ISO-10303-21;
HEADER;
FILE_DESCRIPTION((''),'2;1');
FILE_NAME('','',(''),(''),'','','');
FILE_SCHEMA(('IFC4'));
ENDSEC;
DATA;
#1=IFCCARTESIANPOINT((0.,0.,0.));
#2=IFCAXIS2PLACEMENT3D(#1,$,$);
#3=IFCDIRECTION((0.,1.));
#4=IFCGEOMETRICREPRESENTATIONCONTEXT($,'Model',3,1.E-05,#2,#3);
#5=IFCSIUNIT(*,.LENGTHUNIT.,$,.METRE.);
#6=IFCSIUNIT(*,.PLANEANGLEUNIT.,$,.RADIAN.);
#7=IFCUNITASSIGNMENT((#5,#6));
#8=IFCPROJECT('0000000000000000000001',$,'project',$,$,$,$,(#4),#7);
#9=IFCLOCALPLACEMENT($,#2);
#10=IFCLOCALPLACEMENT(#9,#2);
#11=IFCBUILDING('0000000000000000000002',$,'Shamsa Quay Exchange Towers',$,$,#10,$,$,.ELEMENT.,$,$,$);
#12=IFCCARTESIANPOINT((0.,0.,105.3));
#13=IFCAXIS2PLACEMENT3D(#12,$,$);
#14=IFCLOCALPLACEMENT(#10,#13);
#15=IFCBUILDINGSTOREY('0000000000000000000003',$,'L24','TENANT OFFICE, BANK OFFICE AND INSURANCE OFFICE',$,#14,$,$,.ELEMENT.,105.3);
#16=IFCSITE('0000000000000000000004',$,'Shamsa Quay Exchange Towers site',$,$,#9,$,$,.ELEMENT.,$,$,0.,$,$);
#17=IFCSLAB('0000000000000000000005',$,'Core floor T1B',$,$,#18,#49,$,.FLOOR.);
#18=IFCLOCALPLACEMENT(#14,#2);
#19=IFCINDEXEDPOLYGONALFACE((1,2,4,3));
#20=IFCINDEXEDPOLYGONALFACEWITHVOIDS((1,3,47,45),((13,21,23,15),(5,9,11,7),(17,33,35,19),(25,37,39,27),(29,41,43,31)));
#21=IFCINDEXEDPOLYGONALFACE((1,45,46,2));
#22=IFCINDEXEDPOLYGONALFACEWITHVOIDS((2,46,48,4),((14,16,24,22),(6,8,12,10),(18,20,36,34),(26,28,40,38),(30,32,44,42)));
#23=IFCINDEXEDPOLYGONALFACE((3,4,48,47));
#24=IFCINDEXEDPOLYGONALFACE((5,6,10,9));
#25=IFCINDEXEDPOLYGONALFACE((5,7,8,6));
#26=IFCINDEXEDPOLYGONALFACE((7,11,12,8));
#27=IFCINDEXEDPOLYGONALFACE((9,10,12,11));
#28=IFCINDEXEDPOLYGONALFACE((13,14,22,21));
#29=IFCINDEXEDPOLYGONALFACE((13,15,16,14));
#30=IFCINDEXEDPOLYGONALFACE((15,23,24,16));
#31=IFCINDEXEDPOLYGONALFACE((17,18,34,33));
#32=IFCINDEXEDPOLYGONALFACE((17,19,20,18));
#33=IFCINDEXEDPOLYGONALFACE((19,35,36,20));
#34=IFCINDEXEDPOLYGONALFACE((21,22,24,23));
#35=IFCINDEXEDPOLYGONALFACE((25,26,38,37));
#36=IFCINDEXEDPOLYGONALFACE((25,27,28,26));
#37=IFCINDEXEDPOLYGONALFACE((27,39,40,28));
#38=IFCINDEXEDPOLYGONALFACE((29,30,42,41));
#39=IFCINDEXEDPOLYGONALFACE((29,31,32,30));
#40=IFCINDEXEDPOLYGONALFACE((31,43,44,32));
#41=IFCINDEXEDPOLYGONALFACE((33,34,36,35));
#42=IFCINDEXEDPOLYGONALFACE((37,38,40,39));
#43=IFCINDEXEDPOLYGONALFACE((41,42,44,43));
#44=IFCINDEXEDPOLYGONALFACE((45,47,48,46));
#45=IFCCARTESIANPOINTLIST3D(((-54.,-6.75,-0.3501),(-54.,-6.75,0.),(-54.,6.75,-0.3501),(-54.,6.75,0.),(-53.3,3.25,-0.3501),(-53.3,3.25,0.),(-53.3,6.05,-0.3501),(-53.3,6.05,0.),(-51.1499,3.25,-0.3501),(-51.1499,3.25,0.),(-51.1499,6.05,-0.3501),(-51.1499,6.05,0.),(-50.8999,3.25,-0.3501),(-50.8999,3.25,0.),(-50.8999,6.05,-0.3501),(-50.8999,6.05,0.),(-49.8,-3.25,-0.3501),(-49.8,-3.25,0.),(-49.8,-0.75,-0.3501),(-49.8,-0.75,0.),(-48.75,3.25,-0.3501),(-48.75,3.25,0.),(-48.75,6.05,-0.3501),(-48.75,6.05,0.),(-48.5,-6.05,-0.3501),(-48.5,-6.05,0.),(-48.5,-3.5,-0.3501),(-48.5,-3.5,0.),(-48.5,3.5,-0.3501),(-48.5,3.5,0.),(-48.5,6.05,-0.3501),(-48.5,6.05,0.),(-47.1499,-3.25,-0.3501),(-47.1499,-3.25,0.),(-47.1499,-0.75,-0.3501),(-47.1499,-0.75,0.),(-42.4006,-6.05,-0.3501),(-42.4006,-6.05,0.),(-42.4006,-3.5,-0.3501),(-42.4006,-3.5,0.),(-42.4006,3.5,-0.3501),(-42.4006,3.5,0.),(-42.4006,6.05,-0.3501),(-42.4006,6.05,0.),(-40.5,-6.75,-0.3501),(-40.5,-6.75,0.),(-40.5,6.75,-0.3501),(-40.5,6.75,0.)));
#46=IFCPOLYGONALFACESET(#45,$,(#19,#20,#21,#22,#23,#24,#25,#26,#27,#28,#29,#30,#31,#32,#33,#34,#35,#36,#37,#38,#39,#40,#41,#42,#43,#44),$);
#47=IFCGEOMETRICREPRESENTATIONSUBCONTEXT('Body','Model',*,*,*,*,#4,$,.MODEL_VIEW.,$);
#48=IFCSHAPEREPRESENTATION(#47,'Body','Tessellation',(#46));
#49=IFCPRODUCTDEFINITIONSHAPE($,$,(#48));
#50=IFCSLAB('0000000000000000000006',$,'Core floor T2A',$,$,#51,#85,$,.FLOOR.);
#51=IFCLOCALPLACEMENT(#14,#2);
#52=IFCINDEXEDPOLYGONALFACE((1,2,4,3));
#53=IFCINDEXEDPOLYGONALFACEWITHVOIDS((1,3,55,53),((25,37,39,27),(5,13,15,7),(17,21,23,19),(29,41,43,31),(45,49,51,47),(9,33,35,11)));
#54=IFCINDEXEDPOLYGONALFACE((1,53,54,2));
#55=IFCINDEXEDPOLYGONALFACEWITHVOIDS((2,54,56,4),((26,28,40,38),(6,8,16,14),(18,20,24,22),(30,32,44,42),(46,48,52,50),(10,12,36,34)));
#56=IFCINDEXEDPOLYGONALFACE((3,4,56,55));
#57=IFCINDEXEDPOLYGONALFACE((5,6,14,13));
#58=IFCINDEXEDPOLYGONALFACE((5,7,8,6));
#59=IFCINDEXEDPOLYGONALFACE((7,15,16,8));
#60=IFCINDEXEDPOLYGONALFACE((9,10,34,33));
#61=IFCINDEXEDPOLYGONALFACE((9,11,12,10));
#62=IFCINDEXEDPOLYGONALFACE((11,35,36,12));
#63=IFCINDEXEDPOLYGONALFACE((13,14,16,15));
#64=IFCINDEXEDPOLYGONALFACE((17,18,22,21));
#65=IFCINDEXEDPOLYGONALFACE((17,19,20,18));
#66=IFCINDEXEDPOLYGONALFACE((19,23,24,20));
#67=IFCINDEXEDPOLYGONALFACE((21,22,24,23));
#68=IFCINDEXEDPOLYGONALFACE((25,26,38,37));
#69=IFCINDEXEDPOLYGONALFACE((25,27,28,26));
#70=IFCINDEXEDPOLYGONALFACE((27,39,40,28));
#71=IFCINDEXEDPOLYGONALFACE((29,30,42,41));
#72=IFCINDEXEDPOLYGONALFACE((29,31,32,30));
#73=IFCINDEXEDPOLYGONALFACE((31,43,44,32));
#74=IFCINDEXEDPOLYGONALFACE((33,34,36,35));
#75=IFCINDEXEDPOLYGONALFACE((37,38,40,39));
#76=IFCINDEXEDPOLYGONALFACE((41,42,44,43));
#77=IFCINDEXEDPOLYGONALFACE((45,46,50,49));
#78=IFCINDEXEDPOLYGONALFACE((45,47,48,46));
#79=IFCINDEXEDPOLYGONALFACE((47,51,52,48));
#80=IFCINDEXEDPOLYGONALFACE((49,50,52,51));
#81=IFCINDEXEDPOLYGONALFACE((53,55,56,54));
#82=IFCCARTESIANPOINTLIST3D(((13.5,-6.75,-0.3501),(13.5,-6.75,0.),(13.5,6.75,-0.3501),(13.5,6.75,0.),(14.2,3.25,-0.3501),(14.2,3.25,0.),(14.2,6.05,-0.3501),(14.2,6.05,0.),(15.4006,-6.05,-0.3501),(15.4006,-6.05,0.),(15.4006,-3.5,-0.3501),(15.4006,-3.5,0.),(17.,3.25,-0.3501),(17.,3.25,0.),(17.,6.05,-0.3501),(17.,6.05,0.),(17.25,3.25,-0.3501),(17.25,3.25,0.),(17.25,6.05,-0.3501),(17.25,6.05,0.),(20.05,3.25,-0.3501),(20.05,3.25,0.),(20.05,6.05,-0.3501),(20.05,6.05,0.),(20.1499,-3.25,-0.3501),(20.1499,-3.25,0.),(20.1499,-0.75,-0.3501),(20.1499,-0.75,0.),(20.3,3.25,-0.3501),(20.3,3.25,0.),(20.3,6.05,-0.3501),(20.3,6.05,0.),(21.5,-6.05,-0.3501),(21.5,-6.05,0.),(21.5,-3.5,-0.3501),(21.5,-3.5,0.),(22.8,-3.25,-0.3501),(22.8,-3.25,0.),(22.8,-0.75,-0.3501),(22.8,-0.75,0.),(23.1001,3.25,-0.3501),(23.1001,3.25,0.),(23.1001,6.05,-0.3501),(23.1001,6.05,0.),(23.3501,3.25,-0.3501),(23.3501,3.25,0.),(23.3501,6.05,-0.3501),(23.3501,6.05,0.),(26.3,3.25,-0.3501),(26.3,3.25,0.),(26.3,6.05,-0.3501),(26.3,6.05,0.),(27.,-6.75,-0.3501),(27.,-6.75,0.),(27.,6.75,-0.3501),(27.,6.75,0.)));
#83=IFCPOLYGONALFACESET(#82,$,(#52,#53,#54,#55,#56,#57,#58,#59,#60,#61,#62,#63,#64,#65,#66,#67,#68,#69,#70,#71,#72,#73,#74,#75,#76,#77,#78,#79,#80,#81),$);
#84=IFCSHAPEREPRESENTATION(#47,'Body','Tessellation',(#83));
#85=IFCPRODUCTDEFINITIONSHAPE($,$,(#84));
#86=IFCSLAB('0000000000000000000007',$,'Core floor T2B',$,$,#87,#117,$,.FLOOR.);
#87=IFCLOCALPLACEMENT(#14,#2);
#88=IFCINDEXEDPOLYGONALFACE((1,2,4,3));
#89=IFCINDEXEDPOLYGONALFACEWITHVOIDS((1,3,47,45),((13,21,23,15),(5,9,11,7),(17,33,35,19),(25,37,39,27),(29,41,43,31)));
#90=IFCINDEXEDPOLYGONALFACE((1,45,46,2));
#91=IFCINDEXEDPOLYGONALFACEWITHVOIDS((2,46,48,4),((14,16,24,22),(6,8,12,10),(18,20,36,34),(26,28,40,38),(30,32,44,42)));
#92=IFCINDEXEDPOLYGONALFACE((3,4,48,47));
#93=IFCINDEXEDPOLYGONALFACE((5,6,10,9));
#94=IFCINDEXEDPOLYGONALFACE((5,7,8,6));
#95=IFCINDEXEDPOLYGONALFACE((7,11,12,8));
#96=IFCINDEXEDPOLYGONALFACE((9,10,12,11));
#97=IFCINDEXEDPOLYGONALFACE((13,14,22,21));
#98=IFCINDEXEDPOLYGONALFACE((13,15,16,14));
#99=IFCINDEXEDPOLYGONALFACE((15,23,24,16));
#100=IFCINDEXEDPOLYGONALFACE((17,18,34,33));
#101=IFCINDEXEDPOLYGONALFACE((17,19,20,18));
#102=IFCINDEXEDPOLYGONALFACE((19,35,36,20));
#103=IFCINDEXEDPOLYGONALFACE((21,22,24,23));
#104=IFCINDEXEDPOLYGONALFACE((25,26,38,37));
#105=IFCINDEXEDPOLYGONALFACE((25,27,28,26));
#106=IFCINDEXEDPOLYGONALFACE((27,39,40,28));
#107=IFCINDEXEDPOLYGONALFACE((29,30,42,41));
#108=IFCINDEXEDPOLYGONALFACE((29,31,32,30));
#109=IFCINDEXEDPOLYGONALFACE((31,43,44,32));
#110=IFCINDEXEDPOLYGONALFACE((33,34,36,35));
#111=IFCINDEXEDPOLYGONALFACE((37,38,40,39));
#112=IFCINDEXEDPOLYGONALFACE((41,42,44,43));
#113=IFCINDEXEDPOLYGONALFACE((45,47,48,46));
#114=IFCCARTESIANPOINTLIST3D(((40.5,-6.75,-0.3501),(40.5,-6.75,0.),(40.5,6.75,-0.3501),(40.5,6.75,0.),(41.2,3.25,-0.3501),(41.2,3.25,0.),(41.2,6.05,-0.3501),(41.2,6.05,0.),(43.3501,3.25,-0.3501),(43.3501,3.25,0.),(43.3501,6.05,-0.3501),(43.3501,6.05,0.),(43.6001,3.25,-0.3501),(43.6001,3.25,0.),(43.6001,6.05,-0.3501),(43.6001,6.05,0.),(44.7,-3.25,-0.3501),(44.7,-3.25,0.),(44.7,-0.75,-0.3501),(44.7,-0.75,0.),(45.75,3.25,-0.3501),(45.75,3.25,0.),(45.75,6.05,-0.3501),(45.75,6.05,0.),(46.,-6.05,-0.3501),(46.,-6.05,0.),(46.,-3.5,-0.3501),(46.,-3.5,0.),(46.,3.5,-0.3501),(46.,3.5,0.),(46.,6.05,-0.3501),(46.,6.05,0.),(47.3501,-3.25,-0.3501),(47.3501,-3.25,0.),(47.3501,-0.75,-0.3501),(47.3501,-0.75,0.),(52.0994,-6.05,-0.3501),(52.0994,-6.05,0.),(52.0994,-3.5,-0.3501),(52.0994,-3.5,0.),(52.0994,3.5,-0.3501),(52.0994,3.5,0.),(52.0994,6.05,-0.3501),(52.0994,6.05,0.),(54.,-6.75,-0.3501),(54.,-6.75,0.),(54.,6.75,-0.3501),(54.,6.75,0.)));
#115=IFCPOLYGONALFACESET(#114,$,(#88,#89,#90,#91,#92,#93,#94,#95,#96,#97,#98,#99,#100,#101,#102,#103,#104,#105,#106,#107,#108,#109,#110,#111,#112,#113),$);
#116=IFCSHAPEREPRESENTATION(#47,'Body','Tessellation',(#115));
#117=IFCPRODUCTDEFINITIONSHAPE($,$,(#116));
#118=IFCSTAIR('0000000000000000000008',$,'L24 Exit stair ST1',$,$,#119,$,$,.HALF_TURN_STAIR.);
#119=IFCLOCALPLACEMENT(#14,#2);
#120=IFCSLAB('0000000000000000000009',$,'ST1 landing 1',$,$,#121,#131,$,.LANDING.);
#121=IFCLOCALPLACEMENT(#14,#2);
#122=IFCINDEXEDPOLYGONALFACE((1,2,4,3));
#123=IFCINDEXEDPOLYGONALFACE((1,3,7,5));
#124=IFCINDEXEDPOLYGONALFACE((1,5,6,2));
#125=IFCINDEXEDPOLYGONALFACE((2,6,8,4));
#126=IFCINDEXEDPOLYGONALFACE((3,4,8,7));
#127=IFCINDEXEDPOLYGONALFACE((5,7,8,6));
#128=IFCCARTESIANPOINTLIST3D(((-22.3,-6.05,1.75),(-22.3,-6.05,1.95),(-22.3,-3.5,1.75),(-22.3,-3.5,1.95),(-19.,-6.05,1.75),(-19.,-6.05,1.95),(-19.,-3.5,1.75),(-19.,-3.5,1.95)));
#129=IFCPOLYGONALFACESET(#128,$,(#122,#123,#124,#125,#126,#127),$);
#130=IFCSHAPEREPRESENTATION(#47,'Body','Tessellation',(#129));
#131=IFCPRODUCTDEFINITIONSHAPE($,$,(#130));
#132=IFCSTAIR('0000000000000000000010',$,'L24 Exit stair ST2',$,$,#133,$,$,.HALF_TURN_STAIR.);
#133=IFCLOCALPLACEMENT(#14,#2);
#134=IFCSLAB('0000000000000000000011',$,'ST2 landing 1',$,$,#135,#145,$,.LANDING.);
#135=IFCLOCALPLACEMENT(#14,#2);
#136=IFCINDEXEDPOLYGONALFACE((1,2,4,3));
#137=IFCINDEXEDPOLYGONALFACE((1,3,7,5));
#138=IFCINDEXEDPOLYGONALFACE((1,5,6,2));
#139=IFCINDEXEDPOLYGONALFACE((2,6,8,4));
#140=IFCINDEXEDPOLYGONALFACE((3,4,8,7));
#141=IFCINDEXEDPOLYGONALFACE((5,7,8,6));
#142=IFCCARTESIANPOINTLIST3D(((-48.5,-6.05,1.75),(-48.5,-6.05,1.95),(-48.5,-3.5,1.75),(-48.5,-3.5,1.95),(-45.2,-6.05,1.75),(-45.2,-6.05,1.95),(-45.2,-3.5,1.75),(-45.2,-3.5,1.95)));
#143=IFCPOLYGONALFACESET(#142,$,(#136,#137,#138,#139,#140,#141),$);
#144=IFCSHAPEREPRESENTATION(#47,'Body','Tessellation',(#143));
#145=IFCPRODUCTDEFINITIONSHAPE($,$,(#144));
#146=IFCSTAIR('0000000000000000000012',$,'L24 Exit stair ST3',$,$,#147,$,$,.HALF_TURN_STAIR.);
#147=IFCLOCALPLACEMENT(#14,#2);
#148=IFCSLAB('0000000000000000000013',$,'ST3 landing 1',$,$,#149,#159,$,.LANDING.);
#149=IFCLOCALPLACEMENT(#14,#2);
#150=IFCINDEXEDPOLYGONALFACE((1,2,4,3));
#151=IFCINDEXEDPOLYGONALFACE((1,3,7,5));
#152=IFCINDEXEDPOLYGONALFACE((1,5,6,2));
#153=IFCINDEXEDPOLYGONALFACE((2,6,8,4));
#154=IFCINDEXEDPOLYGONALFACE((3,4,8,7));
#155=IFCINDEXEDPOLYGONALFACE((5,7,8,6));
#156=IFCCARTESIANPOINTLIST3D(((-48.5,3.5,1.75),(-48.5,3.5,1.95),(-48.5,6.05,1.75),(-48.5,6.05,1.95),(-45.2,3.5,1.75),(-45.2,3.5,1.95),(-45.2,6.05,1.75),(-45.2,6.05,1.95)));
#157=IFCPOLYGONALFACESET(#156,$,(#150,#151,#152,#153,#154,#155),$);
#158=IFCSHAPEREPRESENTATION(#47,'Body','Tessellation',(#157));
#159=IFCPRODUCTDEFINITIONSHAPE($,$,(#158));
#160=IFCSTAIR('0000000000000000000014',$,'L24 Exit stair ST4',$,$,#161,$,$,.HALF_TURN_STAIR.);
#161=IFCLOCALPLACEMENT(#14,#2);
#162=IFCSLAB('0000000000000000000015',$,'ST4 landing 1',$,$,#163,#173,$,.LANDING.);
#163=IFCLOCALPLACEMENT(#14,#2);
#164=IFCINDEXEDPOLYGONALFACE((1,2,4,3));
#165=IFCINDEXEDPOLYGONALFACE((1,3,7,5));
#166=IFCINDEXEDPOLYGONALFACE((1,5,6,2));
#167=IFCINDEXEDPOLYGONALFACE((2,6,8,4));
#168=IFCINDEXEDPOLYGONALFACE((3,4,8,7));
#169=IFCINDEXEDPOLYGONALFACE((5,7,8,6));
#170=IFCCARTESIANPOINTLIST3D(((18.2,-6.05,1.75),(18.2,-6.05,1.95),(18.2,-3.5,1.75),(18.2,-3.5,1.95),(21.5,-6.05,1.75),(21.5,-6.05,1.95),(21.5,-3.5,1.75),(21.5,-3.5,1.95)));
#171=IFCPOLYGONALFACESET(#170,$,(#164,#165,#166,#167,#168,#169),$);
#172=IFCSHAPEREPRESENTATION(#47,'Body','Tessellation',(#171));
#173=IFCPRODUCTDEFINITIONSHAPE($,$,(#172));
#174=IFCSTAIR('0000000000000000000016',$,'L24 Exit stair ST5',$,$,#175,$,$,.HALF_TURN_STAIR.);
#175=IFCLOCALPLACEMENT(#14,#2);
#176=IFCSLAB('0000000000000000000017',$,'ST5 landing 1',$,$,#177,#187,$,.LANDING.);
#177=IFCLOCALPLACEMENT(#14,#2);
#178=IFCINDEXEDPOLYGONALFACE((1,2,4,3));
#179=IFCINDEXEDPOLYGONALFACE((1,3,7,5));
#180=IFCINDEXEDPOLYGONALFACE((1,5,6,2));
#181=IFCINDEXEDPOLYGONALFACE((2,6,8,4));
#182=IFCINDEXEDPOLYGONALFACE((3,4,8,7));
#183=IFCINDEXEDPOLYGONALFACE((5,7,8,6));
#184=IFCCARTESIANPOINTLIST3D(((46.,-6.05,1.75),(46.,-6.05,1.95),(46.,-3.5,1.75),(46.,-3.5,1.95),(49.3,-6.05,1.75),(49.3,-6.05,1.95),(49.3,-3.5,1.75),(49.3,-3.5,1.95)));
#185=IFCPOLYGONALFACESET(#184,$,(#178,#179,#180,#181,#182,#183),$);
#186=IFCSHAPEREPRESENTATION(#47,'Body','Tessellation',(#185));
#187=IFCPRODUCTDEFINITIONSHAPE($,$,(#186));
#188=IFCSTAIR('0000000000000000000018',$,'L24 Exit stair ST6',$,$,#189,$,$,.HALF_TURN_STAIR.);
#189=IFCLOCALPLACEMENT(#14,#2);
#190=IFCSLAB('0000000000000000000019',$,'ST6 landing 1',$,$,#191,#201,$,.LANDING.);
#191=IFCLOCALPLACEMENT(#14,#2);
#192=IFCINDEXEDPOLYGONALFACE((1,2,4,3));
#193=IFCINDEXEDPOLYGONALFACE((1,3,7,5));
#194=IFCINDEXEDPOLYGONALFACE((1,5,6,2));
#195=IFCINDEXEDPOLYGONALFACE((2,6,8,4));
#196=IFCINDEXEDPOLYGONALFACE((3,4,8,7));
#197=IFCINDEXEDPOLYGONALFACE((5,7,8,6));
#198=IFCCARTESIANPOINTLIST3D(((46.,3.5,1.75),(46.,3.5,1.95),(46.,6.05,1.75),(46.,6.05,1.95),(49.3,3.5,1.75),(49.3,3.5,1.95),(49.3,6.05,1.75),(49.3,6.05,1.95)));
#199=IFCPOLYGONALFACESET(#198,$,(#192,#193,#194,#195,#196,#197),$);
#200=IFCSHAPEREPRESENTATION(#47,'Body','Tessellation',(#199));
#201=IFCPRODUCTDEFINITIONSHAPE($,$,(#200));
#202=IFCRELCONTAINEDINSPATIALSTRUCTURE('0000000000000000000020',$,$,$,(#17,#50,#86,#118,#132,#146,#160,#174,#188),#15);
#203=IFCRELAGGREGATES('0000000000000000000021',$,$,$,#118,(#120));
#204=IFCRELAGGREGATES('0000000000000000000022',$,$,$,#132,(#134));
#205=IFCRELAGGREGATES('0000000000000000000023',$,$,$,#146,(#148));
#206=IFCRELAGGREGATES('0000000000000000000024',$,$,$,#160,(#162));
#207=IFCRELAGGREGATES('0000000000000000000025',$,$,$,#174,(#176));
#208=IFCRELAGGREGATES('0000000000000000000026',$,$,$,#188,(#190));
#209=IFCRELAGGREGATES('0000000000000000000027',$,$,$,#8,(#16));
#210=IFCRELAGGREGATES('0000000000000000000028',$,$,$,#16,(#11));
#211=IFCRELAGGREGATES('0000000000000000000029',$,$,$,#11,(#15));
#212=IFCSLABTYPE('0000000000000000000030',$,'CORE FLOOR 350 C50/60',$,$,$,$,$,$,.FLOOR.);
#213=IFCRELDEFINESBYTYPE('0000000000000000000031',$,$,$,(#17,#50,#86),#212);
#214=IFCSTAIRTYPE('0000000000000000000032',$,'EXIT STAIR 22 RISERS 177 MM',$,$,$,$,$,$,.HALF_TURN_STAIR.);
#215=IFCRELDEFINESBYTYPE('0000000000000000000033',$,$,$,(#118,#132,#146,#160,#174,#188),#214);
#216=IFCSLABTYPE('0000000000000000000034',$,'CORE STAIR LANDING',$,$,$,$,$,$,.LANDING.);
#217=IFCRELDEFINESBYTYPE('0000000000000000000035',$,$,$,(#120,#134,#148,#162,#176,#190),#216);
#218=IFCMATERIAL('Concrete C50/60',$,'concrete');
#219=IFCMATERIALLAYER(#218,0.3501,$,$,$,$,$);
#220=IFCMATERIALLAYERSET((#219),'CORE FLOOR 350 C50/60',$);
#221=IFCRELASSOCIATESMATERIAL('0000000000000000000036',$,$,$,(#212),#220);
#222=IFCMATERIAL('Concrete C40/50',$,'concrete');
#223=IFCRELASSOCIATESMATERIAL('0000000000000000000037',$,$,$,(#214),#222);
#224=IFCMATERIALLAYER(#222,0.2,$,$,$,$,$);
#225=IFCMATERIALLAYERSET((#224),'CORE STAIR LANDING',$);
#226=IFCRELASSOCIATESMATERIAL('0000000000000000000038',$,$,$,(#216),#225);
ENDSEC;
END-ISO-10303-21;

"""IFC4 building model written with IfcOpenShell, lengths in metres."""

from ifc_helpers import new_model, si_unit, direction, frame, origin, place, context, subcontext, project, spatial, polyline, outline, extrude, material, layer, layer_set, type_object, element, aggregate, save


model = new_model("IFC4")

# Units and contexts
model_context = context("Model", 3, precision=1e-05, world=origin(), true_north=direction((0.0, 1.0)))
body_context = subcontext(model_context, "Body", "Model", "MODEL_VIEW")
ifc_project = project(units=[si_unit("LENGTHUNIT", "METRE"), si_unit("PLANEANGLEUNIT", "RADIAN")], contexts=[model_context])

# Site, building, storey
site_placement = place(None, origin())
site = spatial("IfcSite", under=ifc_project, at=site_placement, Name="Shamsa Quay Exchange Towers site", CompositionType="ELEMENT", RefElevation=0.0)
building_placement = place(site_placement, origin())
building = spatial("IfcBuilding", under=site, at=building_placement, Name="Shamsa Quay Exchange Towers", CompositionType="ELEMENT")
storey_placement = place(building_placement, frame((0.0, 0.0, 105.3)))
storey = spatial("IfcBuildingStorey", under=building, at=storey_placement, Name="L24", Description="TENANT OFFICE, BANK OFFICE AND INSURANCE OFFICE", CompositionType="ELEMENT", Elevation=105.3)

# Slabs
ifc_material_1 = material(Name="Concrete C50/60", Category="concrete")
ifc_layer_1 = layer(ifc_material_1, 0.3501)
ifc_layer_set_1 = layer_set([ifc_layer_1], Name="CORE FLOOR 350 C50/60")
slab_type_1 = type_object("IfcSlabType", Name="CORE FLOOR 350 C50/60", PredefinedType="FLOOR", material=ifc_layer_set_1)
slab_1_placement = place(storey_placement, frame((0.0, 0.0, -0.3501)))
element("IfcSlab", 1, at=slab_1_placement, inside=storey, type_object=slab_type_1, Name="Core floor T1B", PredefinedType="FLOOR", context=body_context, shape_type="SweptSolid", body=[
    extrude(outline(polyline([(-40.5, -6.75), (-40.5, 6.75), (-54.0, 6.75), (-54.0, -6.75), (-40.5, -6.75)]), holes=[polyline([(-42.4006, -3.5), (-42.4006, -6.05), (-48.5, -6.05), (-48.5, -3.5), (-42.4006, -3.5)]), polyline([(-42.4006, 6.05), (-42.4006, 3.5), (-48.5, 3.5), (-48.5, 6.05), (-42.4006, 6.05)]), polyline([(-48.75, 3.25), (-50.8999, 3.25), (-50.8999, 6.05), (-48.75, 6.05), (-48.75, 3.25)]), polyline([(-51.1499, 3.25), (-53.3, 3.25), (-53.3, 6.05), (-51.1499, 6.05), (-51.1499, 3.25)]), polyline([(-47.1499, -3.25), (-49.8, -3.25), (-49.8, -0.75), (-47.1499, -0.75), (-47.1499, -3.25)])]), origin(), (0.0, 0.0, 1.0), 0.3501),
])
slab_2_placement = place(storey_placement, frame((0.0, 0.0, -0.3501)))
element("IfcSlab", 2, at=slab_2_placement, inside=storey, type_object=slab_type_1, Name="Core floor T2A", PredefinedType="FLOOR", context=body_context, shape_type="SweptSolid", body=[
    extrude(outline(polyline([(13.5, -6.75), (27.0, -6.75), (27.0, 6.75), (13.5, 6.75), (13.5, -6.75)]), holes=[polyline([(15.4006, -6.05), (15.4006, -3.5), (21.5, -3.5), (21.5, -6.05), (15.4006, -6.05)]), polyline([(14.2, 3.25), (14.2, 6.05), (17.0, 6.05), (17.0, 3.25), (14.2, 3.25)]), polyline([(17.25, 3.25), (17.25, 6.05), (20.05, 6.05), (20.05, 3.25), (17.25, 3.25)]), polyline([(20.3, 3.25), (20.3, 6.05), (23.1001, 6.05), (23.1001, 3.25), (20.3, 3.25)]), polyline([(23.3501, 3.25), (23.3501, 6.05), (26.3, 6.05), (26.3, 3.25), (23.3501, 3.25)]), polyline([(20.1499, -3.25), (20.1499, -0.75), (22.8, -0.75), (22.8, -3.25), (20.1499, -3.25)])]), origin(), (0.0, 0.0, 1.0), 0.3501),
])
slab_3_placement = place(storey_placement, frame((0.0, 0.0, -0.3501)))
element("IfcSlab", 3, at=slab_3_placement, inside=storey, type_object=slab_type_1, Name="Core floor T2B", PredefinedType="FLOOR", context=body_context, shape_type="SweptSolid", body=[
    extrude(outline(polyline([(54.0, -6.75), (54.0, 6.75), (40.5, 6.75), (40.5, -6.75), (54.0, -6.75)]), holes=[polyline([(52.0994, -3.5), (52.0994, -6.05), (46.0, -6.05), (46.0, -3.5), (52.0994, -3.5)]), polyline([(52.0994, 6.05), (52.0994, 3.5), (46.0, 3.5), (46.0, 6.05), (52.0994, 6.05)]), polyline([(45.75, 3.25), (43.6001, 3.25), (43.6001, 6.05), (45.75, 6.05), (45.75, 3.25)]), polyline([(43.3501, 3.25), (41.2, 3.25), (41.2, 6.05), (43.3501, 6.05), (43.3501, 3.25)]), polyline([(47.3501, -3.25), (44.7, -3.25), (44.7, -0.75), (47.3501, -0.75), (47.3501, -3.25)])]), origin(), (0.0, 0.0, 1.0), 0.3501),
])

# Stairs, slabs
ifc_material_2 = material(Name="Concrete C40/50", Category="concrete")
stair_type = type_object("IfcStairType", Name="EXIT STAIR 22 RISERS 177 MM", PredefinedType="HALF_TURN_STAIR", material=ifc_material_2)
stair_1_placement = place(storey_placement, origin())
stair_1 = element("IfcStair", 4, at=stair_1_placement, inside=storey, type_object=stair_type, Name="L24 Exit stair ST1", PredefinedType="HALF_TURN_STAIR")
ifc_layer_2 = layer(ifc_material_2, 0.2)
ifc_layer_set_2 = layer_set([ifc_layer_2], Name="CORE STAIR LANDING")
slab_type_2 = type_object("IfcSlabType", Name="CORE STAIR LANDING", PredefinedType="LANDING", material=ifc_layer_set_2)
slab_4_placement = place(storey_placement, frame((0.0, 0.0, 1.75)))
slab_4 = element("IfcSlab", 5, at=slab_4_placement, type_object=slab_type_2, Name="ST1 landing 1", PredefinedType="LANDING", context=body_context, shape_type="SweptSolid", body=[
    extrude(outline(polyline([(-22.3, -6.05), (-19.0, -6.05), (-19.0, -3.5), (-22.3, -3.5), (-22.3, -6.05)])), origin(), (0.0, 0.0, 1.0), 0.2),
])
aggregate(stair_1, [slab_4])
stair_2_placement = place(storey_placement, origin())
stair_2 = element("IfcStair", 6, at=stair_2_placement, inside=storey, type_object=stair_type, Name="L24 Exit stair ST2", PredefinedType="HALF_TURN_STAIR")
slab_5_placement = place(storey_placement, frame((0.0, 0.0, 1.75)))
slab_5 = element("IfcSlab", 7, at=slab_5_placement, type_object=slab_type_2, Name="ST2 landing 1", PredefinedType="LANDING", context=body_context, shape_type="SweptSolid", body=[
    extrude(outline(polyline([(-45.2, -3.5), (-48.5, -3.5), (-48.5, -6.05), (-45.2, -6.05), (-45.2, -3.5)])), origin(), (0.0, 0.0, 1.0), 0.2),
])
aggregate(stair_2, [slab_5])
stair_3_placement = place(storey_placement, origin())
stair_3 = element("IfcStair", 8, at=stair_3_placement, inside=storey, type_object=stair_type, Name="L24 Exit stair ST3", PredefinedType="HALF_TURN_STAIR")
slab_6_placement = place(storey_placement, frame((0.0, 0.0, 1.75)))
slab_6 = element("IfcSlab", 9, at=slab_6_placement, type_object=slab_type_2, Name="ST3 landing 1", PredefinedType="LANDING", context=body_context, shape_type="SweptSolid", body=[
    extrude(outline(polyline([(-45.2, 6.05), (-48.5, 6.05), (-48.5, 3.5), (-45.2, 3.5), (-45.2, 6.05)])), origin(), (0.0, 0.0, 1.0), 0.2),
])
aggregate(stair_3, [slab_6])
stair_4_placement = place(storey_placement, origin())
stair_4 = element("IfcStair", 10, at=stair_4_placement, inside=storey, type_object=stair_type, Name="L24 Exit stair ST4", PredefinedType="HALF_TURN_STAIR")
slab_7_placement = place(storey_placement, frame((0.0, 0.0, 1.75)))
slab_7 = element("IfcSlab", 11, at=slab_7_placement, type_object=slab_type_2, Name="ST4 landing 1", PredefinedType="LANDING", context=body_context, shape_type="SweptSolid", body=[
    extrude(outline(polyline([(18.2, -6.05), (21.5, -6.05), (21.5, -3.5), (18.2, -3.5), (18.2, -6.05)])), origin(), (0.0, 0.0, 1.0), 0.2),
])
aggregate(stair_4, [slab_7])
stair_5_placement = place(storey_placement, origin())
stair_5 = element("IfcStair", 12, at=stair_5_placement, inside=storey, type_object=stair_type, Name="L24 Exit stair ST5", PredefinedType="HALF_TURN_STAIR")
slab_8_placement = place(storey_placement, frame((0.0, 0.0, 1.75)))
slab_8 = element("IfcSlab", 13, at=slab_8_placement, type_object=slab_type_2, Name="ST5 landing 1", PredefinedType="LANDING", context=body_context, shape_type="SweptSolid", body=[
    extrude(outline(polyline([(49.3, -3.5), (46.0, -3.5), (46.0, -6.05), (49.3, -6.05), (49.3, -3.5)])), origin(), (0.0, 0.0, 1.0), 0.2),
])
aggregate(stair_5, [slab_8])
stair_6_placement = place(storey_placement, origin())
stair_6 = element("IfcStair", 14, at=stair_6_placement, inside=storey, type_object=stair_type, Name="L24 Exit stair ST6", PredefinedType="HALF_TURN_STAIR")
slab_9_placement = place(storey_placement, frame((0.0, 0.0, 1.75)))
slab_9 = element("IfcSlab", 15, at=slab_9_placement, type_object=slab_type_2, Name="ST6 landing 1", PredefinedType="LANDING", context=body_context, shape_type="SweptSolid", body=[
    extrude(outline(polyline([(49.3, 6.05), (46.0, 6.05), (46.0, 3.5), (49.3, 3.5), (49.3, 6.05)])), origin(), (0.0, 0.0, 1.0), 0.2),
])
aggregate(stair_6, [slab_9])

save(model, "model.ifc")
